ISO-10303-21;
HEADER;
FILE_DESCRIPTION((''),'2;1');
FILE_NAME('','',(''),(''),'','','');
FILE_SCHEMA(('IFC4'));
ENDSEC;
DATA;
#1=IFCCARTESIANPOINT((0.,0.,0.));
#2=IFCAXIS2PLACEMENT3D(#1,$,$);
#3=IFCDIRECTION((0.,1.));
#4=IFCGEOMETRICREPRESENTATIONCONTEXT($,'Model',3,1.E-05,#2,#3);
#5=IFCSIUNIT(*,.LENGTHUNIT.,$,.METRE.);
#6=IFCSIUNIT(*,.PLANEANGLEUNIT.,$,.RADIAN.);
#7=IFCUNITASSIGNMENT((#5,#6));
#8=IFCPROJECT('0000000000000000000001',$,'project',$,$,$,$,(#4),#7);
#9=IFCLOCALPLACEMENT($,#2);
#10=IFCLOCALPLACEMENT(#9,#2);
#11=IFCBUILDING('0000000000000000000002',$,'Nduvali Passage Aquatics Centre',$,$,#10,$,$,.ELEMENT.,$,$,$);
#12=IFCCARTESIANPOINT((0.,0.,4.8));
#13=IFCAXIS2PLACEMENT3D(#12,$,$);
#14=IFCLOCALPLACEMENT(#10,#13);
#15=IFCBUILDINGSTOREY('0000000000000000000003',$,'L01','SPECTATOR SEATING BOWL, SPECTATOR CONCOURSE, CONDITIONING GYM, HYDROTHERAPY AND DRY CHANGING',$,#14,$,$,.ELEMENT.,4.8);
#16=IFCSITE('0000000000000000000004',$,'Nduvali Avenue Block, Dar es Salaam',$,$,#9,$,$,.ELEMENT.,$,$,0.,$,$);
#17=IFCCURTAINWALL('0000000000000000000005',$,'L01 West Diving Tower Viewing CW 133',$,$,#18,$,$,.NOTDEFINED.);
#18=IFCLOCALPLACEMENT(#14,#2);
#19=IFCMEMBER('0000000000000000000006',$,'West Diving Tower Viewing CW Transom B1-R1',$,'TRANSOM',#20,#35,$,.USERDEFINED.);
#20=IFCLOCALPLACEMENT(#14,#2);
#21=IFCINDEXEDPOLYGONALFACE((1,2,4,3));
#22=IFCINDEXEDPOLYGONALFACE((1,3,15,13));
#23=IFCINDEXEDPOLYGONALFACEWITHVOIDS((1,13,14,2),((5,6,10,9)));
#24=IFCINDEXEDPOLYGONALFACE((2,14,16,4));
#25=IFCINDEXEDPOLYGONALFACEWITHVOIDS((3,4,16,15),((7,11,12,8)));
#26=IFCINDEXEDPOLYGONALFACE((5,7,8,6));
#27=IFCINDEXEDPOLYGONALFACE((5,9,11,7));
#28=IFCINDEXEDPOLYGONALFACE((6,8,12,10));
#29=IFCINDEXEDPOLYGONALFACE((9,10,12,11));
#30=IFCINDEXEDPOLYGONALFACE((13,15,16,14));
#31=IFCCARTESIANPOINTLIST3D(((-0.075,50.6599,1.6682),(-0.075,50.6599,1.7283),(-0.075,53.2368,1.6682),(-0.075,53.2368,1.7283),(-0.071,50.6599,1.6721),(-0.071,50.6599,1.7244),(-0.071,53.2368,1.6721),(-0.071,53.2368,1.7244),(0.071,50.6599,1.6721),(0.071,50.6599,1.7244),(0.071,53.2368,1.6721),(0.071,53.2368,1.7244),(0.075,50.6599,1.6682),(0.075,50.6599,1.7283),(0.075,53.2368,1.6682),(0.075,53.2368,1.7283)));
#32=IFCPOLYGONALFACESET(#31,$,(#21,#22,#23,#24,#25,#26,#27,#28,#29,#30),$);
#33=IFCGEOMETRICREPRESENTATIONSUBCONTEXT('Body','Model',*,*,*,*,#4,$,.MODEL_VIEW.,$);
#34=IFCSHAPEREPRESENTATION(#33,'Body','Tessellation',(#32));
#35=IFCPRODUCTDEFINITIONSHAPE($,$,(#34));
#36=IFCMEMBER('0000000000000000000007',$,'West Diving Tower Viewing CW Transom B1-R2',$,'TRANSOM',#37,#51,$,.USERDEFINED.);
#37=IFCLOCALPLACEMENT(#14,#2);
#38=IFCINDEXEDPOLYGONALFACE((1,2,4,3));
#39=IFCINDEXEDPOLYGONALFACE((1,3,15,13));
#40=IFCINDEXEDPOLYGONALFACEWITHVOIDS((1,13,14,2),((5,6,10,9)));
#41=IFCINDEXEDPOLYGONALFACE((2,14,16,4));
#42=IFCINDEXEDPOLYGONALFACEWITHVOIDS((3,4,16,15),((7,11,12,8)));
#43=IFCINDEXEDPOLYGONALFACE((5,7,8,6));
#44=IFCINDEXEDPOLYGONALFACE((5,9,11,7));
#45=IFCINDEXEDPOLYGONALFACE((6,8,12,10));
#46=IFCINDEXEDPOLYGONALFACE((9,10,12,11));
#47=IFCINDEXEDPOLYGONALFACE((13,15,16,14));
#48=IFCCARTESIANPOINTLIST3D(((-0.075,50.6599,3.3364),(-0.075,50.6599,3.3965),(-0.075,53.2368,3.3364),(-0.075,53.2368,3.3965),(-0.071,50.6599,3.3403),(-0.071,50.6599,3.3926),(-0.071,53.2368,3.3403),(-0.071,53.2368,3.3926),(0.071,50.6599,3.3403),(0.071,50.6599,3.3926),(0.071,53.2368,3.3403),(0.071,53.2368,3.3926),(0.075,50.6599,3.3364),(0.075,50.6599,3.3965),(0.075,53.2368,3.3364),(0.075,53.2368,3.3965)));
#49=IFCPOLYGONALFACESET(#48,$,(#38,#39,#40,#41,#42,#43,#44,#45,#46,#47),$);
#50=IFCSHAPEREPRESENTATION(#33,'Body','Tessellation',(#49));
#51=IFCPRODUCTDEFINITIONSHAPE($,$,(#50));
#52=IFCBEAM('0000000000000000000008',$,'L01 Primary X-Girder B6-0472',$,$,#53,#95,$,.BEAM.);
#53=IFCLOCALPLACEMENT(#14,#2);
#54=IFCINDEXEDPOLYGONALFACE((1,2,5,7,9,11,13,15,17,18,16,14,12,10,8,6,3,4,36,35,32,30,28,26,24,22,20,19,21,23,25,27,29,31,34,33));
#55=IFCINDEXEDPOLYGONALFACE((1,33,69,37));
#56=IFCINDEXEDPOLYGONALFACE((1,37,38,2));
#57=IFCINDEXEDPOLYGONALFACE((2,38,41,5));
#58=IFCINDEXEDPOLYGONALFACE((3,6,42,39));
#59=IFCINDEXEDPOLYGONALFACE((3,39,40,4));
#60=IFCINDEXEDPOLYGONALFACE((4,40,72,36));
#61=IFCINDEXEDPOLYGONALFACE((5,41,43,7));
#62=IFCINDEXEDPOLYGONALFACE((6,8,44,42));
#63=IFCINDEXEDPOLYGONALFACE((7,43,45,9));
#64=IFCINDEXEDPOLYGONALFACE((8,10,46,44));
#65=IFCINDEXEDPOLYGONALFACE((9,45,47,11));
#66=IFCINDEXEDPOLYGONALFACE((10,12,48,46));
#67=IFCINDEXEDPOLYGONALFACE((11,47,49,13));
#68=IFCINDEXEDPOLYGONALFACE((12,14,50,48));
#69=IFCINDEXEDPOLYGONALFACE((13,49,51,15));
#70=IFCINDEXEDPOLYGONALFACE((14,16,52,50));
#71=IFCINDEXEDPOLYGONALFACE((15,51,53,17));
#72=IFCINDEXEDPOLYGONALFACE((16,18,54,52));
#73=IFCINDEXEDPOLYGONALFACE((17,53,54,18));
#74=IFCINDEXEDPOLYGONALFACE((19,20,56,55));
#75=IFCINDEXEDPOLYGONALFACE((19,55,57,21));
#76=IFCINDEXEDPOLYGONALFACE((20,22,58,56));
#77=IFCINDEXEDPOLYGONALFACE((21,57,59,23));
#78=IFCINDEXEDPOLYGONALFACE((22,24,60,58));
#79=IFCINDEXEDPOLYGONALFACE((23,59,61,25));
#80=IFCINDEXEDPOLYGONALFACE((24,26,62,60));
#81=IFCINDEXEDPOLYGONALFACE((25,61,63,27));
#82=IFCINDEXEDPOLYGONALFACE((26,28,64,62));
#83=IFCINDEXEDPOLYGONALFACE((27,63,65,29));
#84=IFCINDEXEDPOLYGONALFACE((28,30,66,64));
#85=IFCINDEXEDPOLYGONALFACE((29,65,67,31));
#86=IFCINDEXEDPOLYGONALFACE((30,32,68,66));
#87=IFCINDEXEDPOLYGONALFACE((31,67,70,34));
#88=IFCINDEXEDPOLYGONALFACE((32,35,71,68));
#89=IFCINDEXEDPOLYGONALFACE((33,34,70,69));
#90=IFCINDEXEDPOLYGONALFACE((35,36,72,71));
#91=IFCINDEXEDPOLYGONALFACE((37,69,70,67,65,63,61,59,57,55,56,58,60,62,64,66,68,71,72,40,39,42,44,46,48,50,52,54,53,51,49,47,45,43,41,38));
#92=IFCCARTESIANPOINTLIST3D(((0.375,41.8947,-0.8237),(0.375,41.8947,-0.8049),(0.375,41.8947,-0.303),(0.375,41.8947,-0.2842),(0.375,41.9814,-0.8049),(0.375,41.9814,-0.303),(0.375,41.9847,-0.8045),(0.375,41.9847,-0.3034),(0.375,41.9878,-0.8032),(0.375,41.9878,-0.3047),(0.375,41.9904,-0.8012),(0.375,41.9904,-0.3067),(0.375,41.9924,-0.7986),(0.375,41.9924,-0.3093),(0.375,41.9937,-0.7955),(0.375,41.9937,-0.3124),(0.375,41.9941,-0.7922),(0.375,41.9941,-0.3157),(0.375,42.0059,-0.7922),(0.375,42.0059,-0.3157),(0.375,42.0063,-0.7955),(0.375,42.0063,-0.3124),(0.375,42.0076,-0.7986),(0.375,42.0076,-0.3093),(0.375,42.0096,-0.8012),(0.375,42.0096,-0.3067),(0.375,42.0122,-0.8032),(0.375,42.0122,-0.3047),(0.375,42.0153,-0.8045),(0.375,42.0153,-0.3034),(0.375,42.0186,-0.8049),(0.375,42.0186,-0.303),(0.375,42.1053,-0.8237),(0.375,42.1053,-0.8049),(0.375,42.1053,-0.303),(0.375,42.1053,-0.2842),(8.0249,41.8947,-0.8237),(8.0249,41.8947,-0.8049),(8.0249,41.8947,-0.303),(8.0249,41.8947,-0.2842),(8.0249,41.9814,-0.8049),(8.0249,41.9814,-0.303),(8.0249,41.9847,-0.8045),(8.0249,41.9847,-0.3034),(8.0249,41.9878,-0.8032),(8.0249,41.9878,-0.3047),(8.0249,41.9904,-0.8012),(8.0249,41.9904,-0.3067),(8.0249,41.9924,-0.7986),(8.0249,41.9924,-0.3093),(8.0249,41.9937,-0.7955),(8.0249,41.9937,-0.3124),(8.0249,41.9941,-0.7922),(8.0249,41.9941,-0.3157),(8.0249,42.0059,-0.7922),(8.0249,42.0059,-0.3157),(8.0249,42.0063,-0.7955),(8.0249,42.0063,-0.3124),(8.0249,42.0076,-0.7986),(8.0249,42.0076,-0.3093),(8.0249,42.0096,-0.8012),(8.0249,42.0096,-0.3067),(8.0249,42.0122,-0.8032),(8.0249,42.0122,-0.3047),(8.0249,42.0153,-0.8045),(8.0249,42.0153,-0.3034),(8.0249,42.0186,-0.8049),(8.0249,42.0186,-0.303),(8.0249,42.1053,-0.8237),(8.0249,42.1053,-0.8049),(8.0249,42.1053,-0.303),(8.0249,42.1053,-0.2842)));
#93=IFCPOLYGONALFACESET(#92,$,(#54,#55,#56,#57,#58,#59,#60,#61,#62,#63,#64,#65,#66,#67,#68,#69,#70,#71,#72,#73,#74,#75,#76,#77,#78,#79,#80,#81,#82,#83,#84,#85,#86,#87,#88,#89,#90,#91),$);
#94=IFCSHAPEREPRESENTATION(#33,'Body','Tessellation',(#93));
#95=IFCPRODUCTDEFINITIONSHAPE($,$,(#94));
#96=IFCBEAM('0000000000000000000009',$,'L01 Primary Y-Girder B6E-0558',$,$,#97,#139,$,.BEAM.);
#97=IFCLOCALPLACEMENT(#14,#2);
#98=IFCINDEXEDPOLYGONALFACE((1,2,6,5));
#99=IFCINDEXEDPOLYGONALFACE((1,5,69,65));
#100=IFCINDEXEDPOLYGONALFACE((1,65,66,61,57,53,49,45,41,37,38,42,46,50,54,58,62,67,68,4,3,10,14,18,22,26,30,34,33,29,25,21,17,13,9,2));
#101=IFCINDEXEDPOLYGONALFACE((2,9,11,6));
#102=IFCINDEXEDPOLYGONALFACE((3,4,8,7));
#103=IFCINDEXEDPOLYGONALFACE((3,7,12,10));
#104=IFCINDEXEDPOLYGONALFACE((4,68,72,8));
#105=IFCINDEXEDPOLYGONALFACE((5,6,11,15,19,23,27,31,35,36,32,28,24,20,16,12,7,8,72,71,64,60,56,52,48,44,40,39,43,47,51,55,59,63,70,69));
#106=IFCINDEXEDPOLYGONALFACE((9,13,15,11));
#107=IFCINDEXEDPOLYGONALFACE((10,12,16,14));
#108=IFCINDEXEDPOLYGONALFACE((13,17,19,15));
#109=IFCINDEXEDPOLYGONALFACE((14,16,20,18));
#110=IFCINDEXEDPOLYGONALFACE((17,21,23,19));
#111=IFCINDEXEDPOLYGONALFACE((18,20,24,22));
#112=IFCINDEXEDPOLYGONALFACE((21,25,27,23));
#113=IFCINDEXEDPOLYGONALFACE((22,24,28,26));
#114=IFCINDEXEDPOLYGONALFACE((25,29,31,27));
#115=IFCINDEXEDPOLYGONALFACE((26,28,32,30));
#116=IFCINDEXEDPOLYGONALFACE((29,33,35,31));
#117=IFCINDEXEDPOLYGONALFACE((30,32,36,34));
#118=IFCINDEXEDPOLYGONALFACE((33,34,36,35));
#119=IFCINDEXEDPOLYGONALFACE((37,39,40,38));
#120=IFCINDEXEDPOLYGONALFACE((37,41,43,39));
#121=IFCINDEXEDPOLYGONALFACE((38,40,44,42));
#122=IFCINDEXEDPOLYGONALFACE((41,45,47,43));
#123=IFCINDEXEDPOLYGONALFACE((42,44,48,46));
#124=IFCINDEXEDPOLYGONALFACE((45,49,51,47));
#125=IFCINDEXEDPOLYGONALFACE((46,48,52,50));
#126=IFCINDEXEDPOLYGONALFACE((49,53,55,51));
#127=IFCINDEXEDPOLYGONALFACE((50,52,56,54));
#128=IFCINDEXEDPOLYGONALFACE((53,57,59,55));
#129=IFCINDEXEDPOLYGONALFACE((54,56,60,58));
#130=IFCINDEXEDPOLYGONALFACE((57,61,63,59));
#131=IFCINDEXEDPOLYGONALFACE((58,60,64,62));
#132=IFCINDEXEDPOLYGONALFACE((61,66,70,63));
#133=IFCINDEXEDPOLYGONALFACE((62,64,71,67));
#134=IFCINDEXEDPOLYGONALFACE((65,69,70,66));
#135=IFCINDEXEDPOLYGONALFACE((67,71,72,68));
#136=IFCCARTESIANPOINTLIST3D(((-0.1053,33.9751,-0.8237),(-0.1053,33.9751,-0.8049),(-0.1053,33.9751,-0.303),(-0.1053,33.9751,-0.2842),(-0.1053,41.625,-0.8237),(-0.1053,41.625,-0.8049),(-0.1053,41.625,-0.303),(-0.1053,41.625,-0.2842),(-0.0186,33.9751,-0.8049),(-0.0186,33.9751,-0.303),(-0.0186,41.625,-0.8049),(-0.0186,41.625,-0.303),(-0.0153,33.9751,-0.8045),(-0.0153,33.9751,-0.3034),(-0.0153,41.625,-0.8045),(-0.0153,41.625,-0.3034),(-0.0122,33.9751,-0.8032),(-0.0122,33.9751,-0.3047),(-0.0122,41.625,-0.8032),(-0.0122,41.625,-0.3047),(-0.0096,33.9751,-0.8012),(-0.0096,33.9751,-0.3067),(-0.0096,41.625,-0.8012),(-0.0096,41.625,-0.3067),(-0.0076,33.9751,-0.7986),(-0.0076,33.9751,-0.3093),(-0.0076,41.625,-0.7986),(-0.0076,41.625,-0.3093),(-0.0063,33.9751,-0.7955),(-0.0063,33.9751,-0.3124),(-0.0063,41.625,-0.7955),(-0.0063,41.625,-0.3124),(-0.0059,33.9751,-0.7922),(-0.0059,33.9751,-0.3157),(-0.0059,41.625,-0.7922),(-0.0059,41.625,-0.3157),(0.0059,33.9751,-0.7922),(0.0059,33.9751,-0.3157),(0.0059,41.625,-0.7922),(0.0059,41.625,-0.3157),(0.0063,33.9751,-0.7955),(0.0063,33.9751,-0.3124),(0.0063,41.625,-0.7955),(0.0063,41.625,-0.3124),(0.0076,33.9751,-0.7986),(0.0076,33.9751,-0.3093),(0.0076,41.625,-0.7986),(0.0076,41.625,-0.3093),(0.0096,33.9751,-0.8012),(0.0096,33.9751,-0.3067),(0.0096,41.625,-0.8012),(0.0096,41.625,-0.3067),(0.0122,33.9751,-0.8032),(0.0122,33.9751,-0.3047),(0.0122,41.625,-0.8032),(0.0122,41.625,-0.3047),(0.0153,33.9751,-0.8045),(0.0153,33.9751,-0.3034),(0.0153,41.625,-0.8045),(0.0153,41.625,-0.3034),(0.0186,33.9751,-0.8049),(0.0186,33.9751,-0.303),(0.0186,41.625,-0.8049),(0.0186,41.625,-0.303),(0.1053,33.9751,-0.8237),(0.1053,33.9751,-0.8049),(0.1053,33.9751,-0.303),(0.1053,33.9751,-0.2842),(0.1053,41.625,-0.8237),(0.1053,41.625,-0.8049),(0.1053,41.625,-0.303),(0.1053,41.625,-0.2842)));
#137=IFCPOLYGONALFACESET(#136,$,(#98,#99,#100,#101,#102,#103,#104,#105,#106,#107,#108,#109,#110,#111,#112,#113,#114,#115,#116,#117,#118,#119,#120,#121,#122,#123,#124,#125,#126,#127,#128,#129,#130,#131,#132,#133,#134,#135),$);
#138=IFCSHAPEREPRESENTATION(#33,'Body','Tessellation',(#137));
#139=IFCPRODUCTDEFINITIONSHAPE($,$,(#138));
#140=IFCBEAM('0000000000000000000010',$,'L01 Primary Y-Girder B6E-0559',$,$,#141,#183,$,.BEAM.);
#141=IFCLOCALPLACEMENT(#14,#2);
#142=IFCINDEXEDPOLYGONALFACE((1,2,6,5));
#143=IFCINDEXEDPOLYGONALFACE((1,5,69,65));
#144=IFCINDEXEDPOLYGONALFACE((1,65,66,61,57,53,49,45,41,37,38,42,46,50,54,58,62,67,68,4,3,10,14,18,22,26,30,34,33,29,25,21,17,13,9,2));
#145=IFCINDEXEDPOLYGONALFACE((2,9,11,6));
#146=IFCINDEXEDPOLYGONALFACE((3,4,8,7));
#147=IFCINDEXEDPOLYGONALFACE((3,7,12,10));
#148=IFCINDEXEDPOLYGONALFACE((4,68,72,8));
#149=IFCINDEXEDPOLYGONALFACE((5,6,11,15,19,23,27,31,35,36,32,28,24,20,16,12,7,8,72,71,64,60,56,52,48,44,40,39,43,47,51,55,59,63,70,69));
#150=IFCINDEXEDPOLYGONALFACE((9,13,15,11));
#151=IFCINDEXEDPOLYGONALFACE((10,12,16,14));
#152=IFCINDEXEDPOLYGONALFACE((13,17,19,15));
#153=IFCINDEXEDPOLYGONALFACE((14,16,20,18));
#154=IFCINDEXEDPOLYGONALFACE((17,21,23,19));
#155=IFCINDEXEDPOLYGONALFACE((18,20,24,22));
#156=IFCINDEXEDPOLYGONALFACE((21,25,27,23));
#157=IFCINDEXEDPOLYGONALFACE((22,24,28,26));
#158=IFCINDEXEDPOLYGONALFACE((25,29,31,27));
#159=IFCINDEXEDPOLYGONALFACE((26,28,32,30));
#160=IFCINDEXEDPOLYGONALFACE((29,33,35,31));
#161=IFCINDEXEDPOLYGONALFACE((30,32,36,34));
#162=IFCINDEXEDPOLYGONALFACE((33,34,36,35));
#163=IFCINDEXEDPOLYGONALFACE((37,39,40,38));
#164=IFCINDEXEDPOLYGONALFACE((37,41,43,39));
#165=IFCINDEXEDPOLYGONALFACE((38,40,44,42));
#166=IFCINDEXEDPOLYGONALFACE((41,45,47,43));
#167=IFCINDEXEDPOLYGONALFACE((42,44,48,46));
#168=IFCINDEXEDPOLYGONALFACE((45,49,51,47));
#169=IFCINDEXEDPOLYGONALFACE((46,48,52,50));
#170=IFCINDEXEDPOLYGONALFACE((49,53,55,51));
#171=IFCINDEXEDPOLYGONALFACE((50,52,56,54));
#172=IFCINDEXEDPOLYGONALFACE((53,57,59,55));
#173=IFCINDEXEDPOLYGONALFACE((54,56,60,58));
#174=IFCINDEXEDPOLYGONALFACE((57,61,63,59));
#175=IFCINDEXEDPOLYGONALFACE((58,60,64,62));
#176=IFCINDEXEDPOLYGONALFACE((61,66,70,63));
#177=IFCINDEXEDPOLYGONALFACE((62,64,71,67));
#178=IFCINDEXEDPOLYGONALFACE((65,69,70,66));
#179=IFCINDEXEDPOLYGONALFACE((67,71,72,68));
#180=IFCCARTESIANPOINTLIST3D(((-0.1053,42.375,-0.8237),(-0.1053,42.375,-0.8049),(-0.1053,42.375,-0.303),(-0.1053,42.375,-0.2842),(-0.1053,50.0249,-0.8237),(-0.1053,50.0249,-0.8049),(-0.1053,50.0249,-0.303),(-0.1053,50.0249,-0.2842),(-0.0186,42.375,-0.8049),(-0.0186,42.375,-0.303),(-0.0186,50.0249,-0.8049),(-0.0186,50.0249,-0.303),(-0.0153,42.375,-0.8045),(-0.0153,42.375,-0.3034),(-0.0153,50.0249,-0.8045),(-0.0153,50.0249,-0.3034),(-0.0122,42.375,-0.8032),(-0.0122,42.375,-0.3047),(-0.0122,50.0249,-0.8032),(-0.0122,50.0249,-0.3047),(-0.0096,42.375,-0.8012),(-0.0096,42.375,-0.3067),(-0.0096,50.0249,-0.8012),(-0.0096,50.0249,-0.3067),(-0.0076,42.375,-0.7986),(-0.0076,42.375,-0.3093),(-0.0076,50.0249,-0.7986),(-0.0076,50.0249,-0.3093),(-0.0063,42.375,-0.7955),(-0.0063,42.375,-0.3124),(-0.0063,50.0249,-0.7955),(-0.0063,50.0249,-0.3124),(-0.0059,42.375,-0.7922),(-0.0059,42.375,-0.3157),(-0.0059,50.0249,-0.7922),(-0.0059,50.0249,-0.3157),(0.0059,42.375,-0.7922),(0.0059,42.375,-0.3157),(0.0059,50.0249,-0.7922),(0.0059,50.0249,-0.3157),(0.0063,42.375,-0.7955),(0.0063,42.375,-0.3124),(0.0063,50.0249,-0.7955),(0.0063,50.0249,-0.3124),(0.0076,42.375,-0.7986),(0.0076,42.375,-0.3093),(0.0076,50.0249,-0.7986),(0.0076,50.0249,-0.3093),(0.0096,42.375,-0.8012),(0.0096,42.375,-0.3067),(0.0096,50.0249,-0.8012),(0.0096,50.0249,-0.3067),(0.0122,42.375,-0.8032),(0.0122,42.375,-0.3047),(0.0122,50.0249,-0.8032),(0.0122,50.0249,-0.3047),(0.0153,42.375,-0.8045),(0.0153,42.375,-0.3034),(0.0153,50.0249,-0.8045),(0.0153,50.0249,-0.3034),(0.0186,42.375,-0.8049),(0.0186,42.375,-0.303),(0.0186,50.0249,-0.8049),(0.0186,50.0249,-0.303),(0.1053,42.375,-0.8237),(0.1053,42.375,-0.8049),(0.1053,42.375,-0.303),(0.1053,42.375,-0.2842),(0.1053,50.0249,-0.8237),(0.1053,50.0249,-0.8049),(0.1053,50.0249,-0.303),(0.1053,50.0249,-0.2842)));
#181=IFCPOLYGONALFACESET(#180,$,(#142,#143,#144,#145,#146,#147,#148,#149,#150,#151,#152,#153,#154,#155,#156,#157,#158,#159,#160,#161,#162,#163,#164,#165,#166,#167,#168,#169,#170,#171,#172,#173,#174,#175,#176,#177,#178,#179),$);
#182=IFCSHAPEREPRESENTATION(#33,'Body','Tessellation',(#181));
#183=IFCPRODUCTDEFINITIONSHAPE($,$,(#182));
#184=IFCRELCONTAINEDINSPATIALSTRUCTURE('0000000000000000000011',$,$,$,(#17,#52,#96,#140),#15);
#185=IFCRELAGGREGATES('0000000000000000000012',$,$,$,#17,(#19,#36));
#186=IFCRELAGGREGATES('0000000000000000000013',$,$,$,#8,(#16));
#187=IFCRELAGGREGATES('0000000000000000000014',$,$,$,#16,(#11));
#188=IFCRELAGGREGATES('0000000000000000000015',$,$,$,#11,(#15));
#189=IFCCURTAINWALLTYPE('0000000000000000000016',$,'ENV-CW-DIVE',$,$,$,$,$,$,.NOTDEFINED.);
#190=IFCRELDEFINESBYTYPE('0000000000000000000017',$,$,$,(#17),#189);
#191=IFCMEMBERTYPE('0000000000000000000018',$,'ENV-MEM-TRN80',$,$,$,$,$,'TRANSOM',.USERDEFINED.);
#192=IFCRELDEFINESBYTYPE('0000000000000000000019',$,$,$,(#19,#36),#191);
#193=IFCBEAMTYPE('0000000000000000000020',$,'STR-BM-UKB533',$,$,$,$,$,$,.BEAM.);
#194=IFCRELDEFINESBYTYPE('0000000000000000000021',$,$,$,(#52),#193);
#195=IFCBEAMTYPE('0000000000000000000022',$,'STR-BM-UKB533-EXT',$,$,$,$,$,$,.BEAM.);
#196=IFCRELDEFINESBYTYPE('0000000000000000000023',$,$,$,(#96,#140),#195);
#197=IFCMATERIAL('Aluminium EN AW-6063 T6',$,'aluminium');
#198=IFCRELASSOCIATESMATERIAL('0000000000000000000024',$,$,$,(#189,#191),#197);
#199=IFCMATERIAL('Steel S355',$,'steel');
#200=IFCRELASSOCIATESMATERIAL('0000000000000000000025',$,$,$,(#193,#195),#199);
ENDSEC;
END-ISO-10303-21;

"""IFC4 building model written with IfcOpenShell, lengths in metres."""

from ifc_helpers import new_model, si_unit, direction, frame, origin, origin_2d, place, context, subcontext, project, spatial, hollow_rectangle, i_section, extrude, material, material_profile, profile_set, type_object, element, aggregate, save


model = new_model("IFC4")

# Units and contexts
model_context = context("Model", 3, precision=1e-05, world=origin(), true_north=direction((0.0, 1.0)))
body_context = subcontext(model_context, "Body", "Model", "MODEL_VIEW")
ifc_project = project(units=[si_unit("LENGTHUNIT", "METRE"), si_unit("PLANEANGLEUNIT", "RADIAN")], contexts=[model_context])

# Site, building, storey
site_placement = place(None, origin())
site = spatial("IfcSite", under=ifc_project, at=site_placement, Name="Nduvali Avenue Block, Dar es Salaam", CompositionType="ELEMENT", RefElevation=0.0)
building_placement = place(site_placement, origin())
building = spatial("IfcBuilding", under=site, at=building_placement, Name="Nduvali Passage Aquatics Centre", CompositionType="ELEMENT")
storey_placement = place(building_placement, frame((0.0, 0.0, 4.8)))
storey = spatial("IfcBuildingStorey", under=building, at=storey_placement, Name="L01", Description="SPECTATOR SEATING BOWL, SPECTATOR CONCOURSE, CONDITIONING GYM, HYDROTHERAPY AND DRY CHANGING", CompositionType="ELEMENT", Elevation=4.8)

# Shared definitions
ifc_material_1 = material(Name="Steel S355", Category="steel")

# Curtain wall
ifc_material_2 = material(Name="Aluminium EN AW-6063 T6", Category="aluminium")
curtain_wall_type = type_object("IfcCurtainWallType", Name="ENV-CW-DIVE", PredefinedType="NOTDEFINED", material=ifc_material_2)
curtain_wall_1_placement = place(storey_placement, origin())
curtain_wall_1 = element("IfcCurtainWall", 1, at=curtain_wall_1_placement, inside=storey, type_object=curtain_wall_type, Name="L01 West Diving Tower Viewing CW 133", PredefinedType="NOTDEFINED")

# Members
ifc_material_profile_1 = material_profile(ifc_material_2, hollow_rectangle(XDim=0.1499, YDim=0.0601, WallThickness=0.0039, at=origin_2d()), Name="ALU TRANSOM 150x60x4")
ifc_profile_set_1 = profile_set([ifc_material_profile_1], Name="Aluminium EN AW-6063 T6")
member_type_1 = type_object("IfcMemberType", Name="ENV-MEM-TRN80", ElementType="TRANSOM", PredefinedType="USERDEFINED", material=ifc_profile_set_1)
member_1_placement = place(storey_placement, frame((0.0, 50.6599, 1.6982), z_axis=(0.0, 1.0, 0.0), x_axis=(-1.0, 0.0, 0.0)))
member_1 = element("IfcMember", 2, at=member_1_placement, type_object=member_type_1, Name="West Diving Tower Viewing CW Transom B1-R1", ObjectType="TRANSOM", PredefinedType="USERDEFINED", context=body_context, shape_type="SweptSolid", body=[
    extrude(hollow_rectangle(XDim=0.1499, YDim=0.0601, WallThickness=0.0039, at=origin_2d()), origin(), (0.0, 0.0, 1.0), 2.5769),
])
member_2_placement = place(storey_placement, frame((0.0, 50.6599, 3.3665), z_axis=(0.0, 1.0, 0.0), x_axis=(-1.0, 0.0, 0.0)))
member_2 = element("IfcMember", 3, at=member_2_placement, type_object=member_type_1, Name="West Diving Tower Viewing CW Transom B1-R2", ObjectType="TRANSOM", PredefinedType="USERDEFINED", context=body_context, shape_type="SweptSolid", body=[
    extrude(hollow_rectangle(XDim=0.1499, YDim=0.0601, WallThickness=0.0039, at=origin_2d()), origin(), (0.0, 0.0, 1.0), 2.5769),
])

# Beams
ifc_material_profile_2 = material_profile(ifc_material_1, i_section(OverallWidth=0.2107, OverallDepth=0.5396, WebThickness=0.0117, FlangeThickness=0.0188, FilletRadius=0.0127, at=origin_2d()), Name="UKB 533x210x109")
ifc_profile_set_2 = profile_set([ifc_material_profile_2], Name="Steel S355")
beam_type_1 = type_object("IfcBeamType", Name="STR-BM-UKB533", PredefinedType="BEAM", material=ifc_profile_set_2)
beam_1_placement = place(storey_placement, frame((0.375, 42.0, -0.554), z_axis=(1.0, 0.0, 0.0), x_axis=(0.0, 1.0, 0.0)))
element("IfcBeam", 4, at=beam_1_placement, inside=storey, type_object=beam_type_1, Name="L01 Primary X-Girder B6-0472", PredefinedType="BEAM", context=body_context, shape_type="SweptSolid", body=[
    extrude(i_section(OverallWidth=0.2107, OverallDepth=0.5396, WebThickness=0.0117, FlangeThickness=0.0188, FilletRadius=0.0127, at=origin_2d()), origin(), (0.0, 0.0, 1.0), 7.6499),
])
ifc_material_profile_3 = material_profile(ifc_material_1, i_section(OverallWidth=0.2107, OverallDepth=0.5396, WebThickness=0.0117, FlangeThickness=0.0188, FilletRadius=0.0127, at=origin_2d()), Name="UKB 533x210x109")
ifc_profile_set_3 = profile_set([ifc_material_profile_3], Name="Steel S355")
beam_type_2 = type_object("IfcBeamType", Name="STR-BM-UKB533-EXT", PredefinedType="BEAM", material=ifc_profile_set_3)
for number, where, z_axis, x_axis, name in (
    (5, (0.0, 33.9751, -0.554), (0.0, 1.0, 0.0), (-1.0, 0.0, 0.0), "L01 Primary Y-Girder B6E-0558"),
    (6, (0.0, 42.375, -0.554), (0.0, 1.0, 0.0), (-1.0, 0.0, 0.0), "L01 Primary Y-Girder B6E-0559"),
):
    element("IfcBeam", number, at=place(storey_placement, frame(where, z_axis=z_axis, x_axis=x_axis)), inside=storey, type_object=beam_type_2, Name=name, PredefinedType="BEAM", context=body_context, shape_type="SweptSolid", body=[
        extrude(i_section(OverallWidth=0.2107, OverallDepth=0.5396, WebThickness=0.0117, FlangeThickness=0.0188, FilletRadius=0.0127, at=origin_2d()), origin(), (0.0, 0.0, 1.0), 7.6499),
    ])

aggregate(curtain_wall_1, [member_1, member_2])

save(model, "model.ifc")
